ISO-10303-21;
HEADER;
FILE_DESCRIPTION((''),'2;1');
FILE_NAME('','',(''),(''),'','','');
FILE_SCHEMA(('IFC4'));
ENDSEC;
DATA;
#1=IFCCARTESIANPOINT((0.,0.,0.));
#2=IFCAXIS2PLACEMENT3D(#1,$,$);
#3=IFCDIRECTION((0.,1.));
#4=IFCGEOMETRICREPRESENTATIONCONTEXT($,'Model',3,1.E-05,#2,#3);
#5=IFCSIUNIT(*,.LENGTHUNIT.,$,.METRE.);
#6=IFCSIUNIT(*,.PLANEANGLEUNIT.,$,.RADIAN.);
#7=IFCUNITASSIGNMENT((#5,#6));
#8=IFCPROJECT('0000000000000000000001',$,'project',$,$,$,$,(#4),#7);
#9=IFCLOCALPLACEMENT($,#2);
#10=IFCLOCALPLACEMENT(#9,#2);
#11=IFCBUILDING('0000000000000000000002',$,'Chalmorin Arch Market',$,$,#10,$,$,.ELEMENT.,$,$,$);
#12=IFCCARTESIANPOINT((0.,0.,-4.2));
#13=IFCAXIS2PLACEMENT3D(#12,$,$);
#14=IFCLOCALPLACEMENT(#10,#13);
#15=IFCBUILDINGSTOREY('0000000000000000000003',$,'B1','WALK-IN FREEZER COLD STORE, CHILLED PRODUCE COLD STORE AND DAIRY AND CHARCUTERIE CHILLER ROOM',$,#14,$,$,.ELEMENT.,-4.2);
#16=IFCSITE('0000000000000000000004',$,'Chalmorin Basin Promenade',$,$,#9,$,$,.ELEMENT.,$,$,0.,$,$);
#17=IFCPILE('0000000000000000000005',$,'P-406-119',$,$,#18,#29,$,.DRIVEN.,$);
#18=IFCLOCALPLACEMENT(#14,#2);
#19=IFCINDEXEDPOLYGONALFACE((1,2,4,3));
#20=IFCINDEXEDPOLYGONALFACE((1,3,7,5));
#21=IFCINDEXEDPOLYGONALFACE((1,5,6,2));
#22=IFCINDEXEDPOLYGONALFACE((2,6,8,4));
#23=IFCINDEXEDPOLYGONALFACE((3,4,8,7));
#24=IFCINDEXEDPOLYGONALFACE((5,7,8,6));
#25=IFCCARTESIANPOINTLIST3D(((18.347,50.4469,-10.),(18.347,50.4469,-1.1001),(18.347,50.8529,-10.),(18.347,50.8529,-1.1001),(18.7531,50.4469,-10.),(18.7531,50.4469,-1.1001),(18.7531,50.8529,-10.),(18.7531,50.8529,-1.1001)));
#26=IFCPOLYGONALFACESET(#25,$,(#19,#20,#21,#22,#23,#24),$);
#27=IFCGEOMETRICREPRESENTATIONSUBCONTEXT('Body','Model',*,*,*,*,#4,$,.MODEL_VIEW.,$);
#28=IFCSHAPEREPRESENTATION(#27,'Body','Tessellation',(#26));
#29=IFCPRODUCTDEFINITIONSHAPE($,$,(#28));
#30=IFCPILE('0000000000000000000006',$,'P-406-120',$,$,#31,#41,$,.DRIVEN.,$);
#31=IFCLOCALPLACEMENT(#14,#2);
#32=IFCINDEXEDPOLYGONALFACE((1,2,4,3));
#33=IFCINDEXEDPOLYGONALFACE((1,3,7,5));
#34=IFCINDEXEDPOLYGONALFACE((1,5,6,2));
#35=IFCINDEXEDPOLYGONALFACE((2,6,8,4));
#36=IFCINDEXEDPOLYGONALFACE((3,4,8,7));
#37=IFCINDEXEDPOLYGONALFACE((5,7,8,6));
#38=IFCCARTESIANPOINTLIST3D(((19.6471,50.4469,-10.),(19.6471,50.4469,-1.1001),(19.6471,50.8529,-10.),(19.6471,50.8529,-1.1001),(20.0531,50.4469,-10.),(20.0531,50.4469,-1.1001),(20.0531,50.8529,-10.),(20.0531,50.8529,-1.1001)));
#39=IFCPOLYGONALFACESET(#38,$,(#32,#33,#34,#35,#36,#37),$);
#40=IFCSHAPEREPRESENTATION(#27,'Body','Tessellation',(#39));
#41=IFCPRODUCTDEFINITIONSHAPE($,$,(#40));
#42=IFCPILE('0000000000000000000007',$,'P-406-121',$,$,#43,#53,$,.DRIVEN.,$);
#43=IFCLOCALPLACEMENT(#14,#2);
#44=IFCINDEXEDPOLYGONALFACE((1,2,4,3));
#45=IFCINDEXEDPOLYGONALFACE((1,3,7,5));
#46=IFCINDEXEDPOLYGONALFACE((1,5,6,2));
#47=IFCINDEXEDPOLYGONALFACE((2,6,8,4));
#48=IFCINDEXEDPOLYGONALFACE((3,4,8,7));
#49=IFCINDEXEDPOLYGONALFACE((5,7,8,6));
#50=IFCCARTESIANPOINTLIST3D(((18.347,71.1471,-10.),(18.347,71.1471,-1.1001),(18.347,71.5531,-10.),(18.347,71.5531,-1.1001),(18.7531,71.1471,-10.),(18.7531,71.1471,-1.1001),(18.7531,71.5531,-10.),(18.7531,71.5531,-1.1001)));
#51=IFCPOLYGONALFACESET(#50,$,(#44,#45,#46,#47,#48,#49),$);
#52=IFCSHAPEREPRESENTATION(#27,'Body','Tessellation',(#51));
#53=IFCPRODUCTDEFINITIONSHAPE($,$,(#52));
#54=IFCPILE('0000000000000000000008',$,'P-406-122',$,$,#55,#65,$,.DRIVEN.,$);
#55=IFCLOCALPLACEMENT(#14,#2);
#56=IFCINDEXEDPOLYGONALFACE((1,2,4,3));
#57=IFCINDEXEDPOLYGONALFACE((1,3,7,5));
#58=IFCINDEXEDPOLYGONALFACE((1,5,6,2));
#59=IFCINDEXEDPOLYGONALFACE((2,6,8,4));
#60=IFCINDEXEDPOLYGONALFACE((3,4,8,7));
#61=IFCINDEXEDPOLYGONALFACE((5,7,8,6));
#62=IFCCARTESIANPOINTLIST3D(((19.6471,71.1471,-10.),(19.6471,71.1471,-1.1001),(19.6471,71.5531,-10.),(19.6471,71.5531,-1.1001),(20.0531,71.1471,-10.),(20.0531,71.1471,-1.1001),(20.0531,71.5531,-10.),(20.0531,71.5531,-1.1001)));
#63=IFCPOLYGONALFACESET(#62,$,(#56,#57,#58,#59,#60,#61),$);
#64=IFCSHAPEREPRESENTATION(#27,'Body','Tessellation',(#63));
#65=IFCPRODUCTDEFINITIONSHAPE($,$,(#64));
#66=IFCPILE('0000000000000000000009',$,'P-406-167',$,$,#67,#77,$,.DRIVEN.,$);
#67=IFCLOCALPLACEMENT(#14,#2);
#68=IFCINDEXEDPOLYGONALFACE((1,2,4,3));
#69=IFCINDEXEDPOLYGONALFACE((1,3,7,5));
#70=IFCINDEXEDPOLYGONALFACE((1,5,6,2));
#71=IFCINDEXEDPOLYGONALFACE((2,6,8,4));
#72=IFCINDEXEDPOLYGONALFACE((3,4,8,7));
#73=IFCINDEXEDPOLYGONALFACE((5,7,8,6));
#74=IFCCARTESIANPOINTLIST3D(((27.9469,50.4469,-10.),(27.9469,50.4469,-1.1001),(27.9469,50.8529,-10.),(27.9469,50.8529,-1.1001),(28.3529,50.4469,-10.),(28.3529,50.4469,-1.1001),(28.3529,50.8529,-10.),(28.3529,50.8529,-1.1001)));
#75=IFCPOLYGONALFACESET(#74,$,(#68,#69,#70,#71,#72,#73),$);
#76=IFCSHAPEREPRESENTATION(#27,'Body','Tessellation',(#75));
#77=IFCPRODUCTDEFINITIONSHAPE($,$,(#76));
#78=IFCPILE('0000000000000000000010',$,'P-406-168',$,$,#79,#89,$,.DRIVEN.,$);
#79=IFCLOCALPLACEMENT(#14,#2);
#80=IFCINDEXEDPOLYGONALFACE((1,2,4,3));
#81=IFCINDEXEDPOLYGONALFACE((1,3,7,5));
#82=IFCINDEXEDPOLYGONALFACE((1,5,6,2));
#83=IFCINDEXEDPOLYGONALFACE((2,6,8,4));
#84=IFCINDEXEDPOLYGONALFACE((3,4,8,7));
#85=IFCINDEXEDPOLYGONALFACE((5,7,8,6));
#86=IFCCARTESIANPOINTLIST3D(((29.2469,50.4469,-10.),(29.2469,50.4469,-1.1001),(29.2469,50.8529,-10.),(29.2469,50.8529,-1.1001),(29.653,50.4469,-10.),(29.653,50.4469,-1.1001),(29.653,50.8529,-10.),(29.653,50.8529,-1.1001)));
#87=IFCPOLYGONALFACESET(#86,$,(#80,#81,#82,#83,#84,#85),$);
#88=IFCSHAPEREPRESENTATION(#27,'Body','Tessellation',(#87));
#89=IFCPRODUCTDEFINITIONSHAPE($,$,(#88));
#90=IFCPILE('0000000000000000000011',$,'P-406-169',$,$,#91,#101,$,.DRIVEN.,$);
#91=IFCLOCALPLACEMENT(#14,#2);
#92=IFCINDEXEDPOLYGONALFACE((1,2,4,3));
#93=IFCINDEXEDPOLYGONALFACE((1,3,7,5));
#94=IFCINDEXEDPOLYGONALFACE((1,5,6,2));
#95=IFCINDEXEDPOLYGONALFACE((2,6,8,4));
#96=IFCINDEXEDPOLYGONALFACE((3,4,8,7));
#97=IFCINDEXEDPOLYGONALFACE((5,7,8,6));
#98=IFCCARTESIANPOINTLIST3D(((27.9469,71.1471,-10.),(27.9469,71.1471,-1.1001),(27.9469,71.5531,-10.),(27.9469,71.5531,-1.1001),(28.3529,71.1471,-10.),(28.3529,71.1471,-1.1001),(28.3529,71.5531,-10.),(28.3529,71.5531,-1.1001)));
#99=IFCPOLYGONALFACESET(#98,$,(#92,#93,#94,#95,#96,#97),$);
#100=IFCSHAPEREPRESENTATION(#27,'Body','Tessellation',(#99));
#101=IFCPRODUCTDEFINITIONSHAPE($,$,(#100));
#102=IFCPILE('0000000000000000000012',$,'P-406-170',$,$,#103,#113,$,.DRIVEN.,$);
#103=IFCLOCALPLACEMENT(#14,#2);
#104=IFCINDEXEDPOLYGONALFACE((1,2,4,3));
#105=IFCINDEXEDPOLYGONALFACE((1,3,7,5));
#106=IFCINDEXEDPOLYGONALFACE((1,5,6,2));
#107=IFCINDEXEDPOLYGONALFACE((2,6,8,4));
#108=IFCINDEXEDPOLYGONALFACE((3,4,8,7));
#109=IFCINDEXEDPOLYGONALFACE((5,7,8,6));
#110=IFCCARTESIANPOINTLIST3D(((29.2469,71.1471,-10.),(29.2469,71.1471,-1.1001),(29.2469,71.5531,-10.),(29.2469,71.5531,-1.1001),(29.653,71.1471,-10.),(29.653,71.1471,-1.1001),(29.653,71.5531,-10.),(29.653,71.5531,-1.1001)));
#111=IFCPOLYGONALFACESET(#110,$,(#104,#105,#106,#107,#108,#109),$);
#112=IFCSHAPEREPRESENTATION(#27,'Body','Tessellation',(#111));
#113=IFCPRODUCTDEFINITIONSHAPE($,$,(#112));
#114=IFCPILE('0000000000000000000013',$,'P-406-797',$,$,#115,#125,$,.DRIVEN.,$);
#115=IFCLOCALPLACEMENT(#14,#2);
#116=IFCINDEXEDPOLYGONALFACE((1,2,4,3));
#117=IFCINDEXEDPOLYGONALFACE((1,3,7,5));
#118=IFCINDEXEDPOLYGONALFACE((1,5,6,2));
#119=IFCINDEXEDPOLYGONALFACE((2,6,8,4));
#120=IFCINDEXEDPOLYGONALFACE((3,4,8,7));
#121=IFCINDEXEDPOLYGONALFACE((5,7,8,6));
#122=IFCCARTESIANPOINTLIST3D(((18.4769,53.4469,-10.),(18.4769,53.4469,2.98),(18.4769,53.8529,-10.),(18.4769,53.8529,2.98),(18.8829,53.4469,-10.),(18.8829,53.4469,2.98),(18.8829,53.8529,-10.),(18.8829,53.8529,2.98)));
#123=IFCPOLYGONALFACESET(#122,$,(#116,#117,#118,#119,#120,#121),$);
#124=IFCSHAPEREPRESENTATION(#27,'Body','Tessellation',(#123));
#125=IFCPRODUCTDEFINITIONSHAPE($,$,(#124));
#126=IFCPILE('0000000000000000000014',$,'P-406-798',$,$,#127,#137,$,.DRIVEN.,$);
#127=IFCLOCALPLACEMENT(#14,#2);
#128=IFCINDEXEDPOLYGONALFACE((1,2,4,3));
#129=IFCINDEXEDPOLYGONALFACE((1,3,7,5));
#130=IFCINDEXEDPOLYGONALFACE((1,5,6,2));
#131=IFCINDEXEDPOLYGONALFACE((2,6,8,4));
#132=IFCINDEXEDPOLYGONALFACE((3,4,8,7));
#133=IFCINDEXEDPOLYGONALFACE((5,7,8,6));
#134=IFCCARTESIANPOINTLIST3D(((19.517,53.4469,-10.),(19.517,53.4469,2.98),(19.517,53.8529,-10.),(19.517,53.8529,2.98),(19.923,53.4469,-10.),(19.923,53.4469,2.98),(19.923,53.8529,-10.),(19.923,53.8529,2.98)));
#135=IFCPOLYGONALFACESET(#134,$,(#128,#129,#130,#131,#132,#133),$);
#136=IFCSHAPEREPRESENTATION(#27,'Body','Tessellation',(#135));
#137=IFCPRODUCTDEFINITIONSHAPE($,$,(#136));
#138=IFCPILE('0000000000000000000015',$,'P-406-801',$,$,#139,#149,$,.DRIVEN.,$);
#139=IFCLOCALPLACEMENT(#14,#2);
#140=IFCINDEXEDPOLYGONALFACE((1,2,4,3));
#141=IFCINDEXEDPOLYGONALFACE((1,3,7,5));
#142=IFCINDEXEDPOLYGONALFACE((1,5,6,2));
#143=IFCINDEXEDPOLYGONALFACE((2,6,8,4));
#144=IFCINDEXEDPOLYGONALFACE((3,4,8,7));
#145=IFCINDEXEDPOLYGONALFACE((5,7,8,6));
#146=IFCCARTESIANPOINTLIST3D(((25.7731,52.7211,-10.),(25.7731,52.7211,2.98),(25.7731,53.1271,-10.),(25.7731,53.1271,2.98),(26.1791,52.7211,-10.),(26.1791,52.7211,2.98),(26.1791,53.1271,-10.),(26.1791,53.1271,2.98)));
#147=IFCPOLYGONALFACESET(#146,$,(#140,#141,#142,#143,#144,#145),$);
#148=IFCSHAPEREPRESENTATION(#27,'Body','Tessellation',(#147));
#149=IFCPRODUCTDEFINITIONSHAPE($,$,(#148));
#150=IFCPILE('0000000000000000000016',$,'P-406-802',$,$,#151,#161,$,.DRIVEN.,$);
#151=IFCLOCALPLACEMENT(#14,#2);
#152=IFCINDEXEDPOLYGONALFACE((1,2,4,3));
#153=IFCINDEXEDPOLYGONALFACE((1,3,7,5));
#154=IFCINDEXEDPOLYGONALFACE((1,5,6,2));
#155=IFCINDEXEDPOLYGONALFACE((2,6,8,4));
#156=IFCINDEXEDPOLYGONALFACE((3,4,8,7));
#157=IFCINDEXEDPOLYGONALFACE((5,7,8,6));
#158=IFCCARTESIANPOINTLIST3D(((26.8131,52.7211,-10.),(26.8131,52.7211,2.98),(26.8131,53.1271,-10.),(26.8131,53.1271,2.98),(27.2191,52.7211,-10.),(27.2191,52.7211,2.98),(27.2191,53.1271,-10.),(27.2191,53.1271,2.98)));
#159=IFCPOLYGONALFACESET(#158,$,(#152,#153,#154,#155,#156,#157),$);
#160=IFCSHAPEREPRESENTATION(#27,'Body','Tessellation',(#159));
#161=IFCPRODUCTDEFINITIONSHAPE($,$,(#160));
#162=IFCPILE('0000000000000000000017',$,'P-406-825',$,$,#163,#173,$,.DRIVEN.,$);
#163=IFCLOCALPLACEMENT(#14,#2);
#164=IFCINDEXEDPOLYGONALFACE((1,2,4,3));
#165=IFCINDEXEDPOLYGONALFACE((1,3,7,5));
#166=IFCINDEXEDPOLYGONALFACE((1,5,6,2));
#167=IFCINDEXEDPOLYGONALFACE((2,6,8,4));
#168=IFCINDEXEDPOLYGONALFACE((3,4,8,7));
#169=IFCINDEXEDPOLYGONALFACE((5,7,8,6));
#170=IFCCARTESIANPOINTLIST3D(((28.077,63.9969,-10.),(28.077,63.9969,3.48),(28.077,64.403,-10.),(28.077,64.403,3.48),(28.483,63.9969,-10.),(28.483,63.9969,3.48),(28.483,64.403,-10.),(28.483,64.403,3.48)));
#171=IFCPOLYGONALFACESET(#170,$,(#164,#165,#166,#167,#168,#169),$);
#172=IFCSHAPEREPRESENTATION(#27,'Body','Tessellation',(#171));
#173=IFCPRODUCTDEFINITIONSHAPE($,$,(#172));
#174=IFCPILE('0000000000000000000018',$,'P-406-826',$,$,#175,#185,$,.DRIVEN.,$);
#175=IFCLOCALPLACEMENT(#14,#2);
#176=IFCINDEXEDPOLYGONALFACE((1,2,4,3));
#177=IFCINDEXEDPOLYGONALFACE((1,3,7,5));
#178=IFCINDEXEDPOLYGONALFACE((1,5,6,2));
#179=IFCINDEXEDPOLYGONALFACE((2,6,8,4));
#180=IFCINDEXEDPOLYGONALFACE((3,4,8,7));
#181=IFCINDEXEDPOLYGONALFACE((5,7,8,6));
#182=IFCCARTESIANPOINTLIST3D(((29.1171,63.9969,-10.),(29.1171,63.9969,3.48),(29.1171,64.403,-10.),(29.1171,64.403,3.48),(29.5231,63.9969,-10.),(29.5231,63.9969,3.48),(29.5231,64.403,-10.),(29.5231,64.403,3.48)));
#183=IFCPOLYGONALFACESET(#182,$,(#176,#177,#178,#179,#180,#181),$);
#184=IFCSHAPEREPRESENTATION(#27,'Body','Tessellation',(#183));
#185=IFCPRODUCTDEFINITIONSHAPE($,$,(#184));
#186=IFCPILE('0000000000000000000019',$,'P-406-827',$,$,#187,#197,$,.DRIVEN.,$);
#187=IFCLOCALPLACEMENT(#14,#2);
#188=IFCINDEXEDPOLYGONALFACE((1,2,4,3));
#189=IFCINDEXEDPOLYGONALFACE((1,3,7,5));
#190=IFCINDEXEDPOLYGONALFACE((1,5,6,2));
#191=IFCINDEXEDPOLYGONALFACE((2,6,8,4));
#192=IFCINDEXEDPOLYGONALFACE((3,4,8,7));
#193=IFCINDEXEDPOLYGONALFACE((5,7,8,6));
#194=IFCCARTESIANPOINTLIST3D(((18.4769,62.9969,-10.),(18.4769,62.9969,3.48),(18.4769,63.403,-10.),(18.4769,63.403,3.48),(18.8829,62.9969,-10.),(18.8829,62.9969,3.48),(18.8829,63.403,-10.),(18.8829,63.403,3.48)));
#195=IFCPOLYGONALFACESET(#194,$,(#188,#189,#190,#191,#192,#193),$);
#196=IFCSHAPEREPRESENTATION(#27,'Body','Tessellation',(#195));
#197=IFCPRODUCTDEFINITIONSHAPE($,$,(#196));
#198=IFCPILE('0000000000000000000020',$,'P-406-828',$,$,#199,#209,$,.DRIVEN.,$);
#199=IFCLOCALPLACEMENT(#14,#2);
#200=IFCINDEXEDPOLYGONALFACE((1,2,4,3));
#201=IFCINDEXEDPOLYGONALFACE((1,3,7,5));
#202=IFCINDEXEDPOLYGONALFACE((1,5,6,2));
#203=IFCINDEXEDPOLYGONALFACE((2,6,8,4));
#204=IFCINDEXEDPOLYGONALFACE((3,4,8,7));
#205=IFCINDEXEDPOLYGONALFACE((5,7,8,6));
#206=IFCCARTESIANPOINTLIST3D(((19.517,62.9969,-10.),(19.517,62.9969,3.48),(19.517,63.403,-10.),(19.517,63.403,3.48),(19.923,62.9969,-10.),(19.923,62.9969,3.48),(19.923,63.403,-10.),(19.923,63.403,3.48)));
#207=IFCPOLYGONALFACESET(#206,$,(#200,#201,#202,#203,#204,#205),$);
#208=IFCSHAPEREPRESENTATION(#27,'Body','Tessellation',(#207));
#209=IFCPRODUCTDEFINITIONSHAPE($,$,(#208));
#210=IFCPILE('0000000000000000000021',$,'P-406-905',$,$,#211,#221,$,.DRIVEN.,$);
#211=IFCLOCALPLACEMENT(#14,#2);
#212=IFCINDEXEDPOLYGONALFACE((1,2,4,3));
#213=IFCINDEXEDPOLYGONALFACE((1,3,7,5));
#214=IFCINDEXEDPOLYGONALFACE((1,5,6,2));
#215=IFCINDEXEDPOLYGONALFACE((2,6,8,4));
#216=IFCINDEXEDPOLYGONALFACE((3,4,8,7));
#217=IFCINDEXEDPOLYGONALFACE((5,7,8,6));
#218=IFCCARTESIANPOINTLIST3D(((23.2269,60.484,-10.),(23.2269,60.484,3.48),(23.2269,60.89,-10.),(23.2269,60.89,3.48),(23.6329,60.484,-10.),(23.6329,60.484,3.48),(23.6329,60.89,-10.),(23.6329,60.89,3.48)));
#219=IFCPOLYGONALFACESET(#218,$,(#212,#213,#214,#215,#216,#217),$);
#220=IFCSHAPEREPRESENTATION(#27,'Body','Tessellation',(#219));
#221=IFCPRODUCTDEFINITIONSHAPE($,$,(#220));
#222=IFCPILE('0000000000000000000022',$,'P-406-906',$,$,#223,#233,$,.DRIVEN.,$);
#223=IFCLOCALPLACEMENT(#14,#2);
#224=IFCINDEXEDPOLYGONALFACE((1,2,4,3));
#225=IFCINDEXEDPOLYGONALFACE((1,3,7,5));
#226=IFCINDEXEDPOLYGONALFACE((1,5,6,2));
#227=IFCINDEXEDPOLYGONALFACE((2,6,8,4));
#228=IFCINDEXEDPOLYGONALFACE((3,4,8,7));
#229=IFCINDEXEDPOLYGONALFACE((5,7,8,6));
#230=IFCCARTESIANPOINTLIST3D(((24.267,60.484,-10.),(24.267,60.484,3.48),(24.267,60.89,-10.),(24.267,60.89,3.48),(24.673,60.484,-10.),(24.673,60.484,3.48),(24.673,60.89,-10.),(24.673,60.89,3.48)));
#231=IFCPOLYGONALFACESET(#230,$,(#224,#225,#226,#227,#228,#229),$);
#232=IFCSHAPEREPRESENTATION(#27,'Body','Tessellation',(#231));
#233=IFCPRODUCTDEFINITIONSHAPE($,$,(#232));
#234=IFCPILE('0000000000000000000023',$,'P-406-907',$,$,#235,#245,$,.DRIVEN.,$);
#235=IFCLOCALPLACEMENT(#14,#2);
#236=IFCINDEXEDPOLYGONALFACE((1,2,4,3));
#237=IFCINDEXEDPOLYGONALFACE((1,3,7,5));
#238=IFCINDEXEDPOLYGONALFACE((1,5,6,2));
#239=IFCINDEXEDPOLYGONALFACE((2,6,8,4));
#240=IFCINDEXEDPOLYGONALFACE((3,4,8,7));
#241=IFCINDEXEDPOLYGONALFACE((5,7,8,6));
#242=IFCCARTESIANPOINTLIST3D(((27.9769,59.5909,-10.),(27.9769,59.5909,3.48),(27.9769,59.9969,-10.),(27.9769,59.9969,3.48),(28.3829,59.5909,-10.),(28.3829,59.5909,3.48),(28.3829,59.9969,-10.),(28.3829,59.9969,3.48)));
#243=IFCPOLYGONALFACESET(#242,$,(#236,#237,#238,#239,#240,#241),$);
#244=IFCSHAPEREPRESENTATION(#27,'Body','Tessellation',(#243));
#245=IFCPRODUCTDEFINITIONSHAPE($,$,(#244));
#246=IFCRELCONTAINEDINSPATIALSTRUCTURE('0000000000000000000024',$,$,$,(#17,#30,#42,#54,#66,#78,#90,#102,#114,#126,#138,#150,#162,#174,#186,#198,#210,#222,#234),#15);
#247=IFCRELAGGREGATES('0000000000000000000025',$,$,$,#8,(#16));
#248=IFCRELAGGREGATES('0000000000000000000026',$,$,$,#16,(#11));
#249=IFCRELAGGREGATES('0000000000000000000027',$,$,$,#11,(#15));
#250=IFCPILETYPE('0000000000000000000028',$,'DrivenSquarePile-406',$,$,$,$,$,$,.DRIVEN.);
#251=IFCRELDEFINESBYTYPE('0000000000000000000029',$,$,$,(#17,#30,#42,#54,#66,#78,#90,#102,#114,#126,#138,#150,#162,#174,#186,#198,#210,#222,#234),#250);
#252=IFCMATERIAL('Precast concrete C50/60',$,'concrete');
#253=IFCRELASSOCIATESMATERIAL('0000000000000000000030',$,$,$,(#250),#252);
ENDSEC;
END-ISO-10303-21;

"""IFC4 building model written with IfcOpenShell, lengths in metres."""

from ifc_helpers import new_model, si_unit, direction, frame, origin, origin_2d, place, context, subcontext, project, spatial, rectangle, extrude, material, material_profile, profile_set, type_object, element, save


model = new_model("IFC4")

# Units and contexts
model_context = context("Model", 3, precision=1e-05, world=origin(), true_north=direction((0.0, 1.0)))
body_context = subcontext(model_context, "Body", "Model", "MODEL_VIEW")
ifc_project = project(units=[si_unit("LENGTHUNIT", "METRE"), si_unit("PLANEANGLEUNIT", "RADIAN")], contexts=[model_context])

# Site, building, storey
site_placement = place(None, origin())
site = spatial("IfcSite", under=ifc_project, at=site_placement, Name="Chalmorin Basin Promenade", CompositionType="ELEMENT", RefElevation=0.0)
building_placement = place(site_placement, origin())
building = spatial("IfcBuilding", under=site, at=building_placement, Name="Chalmorin Arch Market", CompositionType="ELEMENT")
storey_placement = place(building_placement, frame((0.0, 0.0, -4.2)))
storey = spatial("IfcBuildingStorey", under=building, at=storey_placement, Name="B1", Description="WALK-IN FREEZER COLD STORE, CHILLED PRODUCE COLD STORE AND DAIRY AND CHARCUTERIE CHILLER ROOM", CompositionType="ELEMENT", Elevation=-4.2)

# Piles
ifc_material_1 = material(Name="Precast concrete C50/60", Category="concrete")
ifc_material_profile_1 = material_profile(ifc_material_1, rectangle(XDim=0.406, YDim=0.406, at=origin_2d()), Name="PPC406")
ifc_profile_set_1 = profile_set([ifc_material_profile_1], Name="Precast concrete C50/60")
pile_type = type_object("IfcPileType", Name="DrivenSquarePile-406", PredefinedType="DRIVEN", material=ifc_profile_set_1)
for number, where, z_axis, x_axis, name in (
    (1, (18.55, 50.6499, -1.1001), (0.0, 0.0, -1.0), (1.0, 0.0, 0.0), "P-406-119"),
    (2, (19.8501, 50.6499, -1.1001), (0.0, 0.0, -1.0), (1.0, 0.0, 0.0), "P-406-120"),
    (3, (18.55, 71.3501, -1.1001), (0.0, 0.0, -1.0), (1.0, 0.0, 0.0), "P-406-121"),
    (4, (19.8501, 71.3501, -1.1001), (0.0, 0.0, -1.0), (1.0, 0.0, 0.0), "P-406-122"),
    (5, (28.1499, 50.6499, -1.1001), (0.0, 0.0, -1.0), (1.0, 0.0, 0.0), "P-406-167"),
    (6, (29.45, 50.6499, -1.1001), (0.0, 0.0, -1.0), (1.0, 0.0, 0.0), "P-406-168"),
    (7, (28.1499, 71.3501, -1.1001), (0.0, 0.0, -1.0), (1.0, 0.0, 0.0), "P-406-169"),
    (8, (29.45, 71.3501, -1.1001), (0.0, 0.0, -1.0), (1.0, 0.0, 0.0), "P-406-170"),
):
    element("IfcPile", number, at=place(storey_placement, frame(where, z_axis=z_axis, x_axis=x_axis)), inside=storey, type_object=pile_type, Name=name, PredefinedType="DRIVEN", context=body_context, shape_type="SweptSolid", body=[
        extrude(rectangle(XDim=0.406, YDim=0.406, at=origin_2d()), origin(), (0.0, 0.0, 1.0), 8.8999),
    ])
for number, where, z_axis, x_axis, name in (
    (9, (18.6799, 53.6499, 2.98), (0.0, 0.0, -1.0), (1.0, 0.0, 0.0), "P-406-797"),
    (10, (19.72, 53.6499, 2.98), (0.0, 0.0, -1.0), (1.0, 0.0, 0.0), "P-406-798"),
    (11, (25.9761, 52.9241, 2.98), (0.0, 0.0, -1.0), (1.0, 0.0, 0.0), "P-406-801"),
    (12, (27.0161, 52.9241, 2.98), (0.0, 0.0, -1.0), (1.0, 0.0, 0.0), "P-406-802"),
):
    element("IfcPile", number, at=place(storey_placement, frame(where, z_axis=z_axis, x_axis=x_axis)), inside=storey, type_object=pile_type, Name=name, PredefinedType="DRIVEN", context=body_context, shape_type="SweptSolid", body=[
        extrude(rectangle(XDim=0.406, YDim=0.406, at=origin_2d()), origin(), (0.0, 0.0, 1.0), 12.98),
    ])
for number, where, z_axis, x_axis, name in (
    (13, (28.28, 64.2, 3.48), (0.0, 0.0, -1.0), (1.0, 0.0, 0.0), "P-406-825"),
    (14, (29.3201, 64.2, 3.48), (0.0, 0.0, -1.0), (1.0, 0.0, 0.0), "P-406-826"),
    (15, (18.6799, 63.2, 3.48), (0.0, 0.0, -1.0), (1.0, 0.0, 0.0), "P-406-827"),
    (16, (19.72, 63.2, 3.48), (0.0, 0.0, -1.0), (1.0, 0.0, 0.0), "P-406-828"),
    (17, (23.4299, 60.687, 3.48), (0.0, 0.0, -1.0), (1.0, 0.0, 0.0), "P-406-905"),
    (18, (24.47, 60.687, 3.48), (0.0, 0.0, -1.0), (1.0, 0.0, 0.0), "P-406-906"),
    (19, (28.1799, 59.7939, 3.48), (0.0, 0.0, -1.0), (1.0, 0.0, 0.0), "P-406-907"),
):
    element("IfcPile", number, at=place(storey_placement, frame(where, z_axis=z_axis, x_axis=x_axis)), inside=storey, type_object=pile_type, Name=name, PredefinedType="DRIVEN", context=body_context, shape_type="SweptSolid", body=[
        extrude(rectangle(XDim=0.406, YDim=0.406, at=origin_2d()), origin(), (0.0, 0.0, 1.0), 13.48),
    ])

save(model, "model.ifc")
